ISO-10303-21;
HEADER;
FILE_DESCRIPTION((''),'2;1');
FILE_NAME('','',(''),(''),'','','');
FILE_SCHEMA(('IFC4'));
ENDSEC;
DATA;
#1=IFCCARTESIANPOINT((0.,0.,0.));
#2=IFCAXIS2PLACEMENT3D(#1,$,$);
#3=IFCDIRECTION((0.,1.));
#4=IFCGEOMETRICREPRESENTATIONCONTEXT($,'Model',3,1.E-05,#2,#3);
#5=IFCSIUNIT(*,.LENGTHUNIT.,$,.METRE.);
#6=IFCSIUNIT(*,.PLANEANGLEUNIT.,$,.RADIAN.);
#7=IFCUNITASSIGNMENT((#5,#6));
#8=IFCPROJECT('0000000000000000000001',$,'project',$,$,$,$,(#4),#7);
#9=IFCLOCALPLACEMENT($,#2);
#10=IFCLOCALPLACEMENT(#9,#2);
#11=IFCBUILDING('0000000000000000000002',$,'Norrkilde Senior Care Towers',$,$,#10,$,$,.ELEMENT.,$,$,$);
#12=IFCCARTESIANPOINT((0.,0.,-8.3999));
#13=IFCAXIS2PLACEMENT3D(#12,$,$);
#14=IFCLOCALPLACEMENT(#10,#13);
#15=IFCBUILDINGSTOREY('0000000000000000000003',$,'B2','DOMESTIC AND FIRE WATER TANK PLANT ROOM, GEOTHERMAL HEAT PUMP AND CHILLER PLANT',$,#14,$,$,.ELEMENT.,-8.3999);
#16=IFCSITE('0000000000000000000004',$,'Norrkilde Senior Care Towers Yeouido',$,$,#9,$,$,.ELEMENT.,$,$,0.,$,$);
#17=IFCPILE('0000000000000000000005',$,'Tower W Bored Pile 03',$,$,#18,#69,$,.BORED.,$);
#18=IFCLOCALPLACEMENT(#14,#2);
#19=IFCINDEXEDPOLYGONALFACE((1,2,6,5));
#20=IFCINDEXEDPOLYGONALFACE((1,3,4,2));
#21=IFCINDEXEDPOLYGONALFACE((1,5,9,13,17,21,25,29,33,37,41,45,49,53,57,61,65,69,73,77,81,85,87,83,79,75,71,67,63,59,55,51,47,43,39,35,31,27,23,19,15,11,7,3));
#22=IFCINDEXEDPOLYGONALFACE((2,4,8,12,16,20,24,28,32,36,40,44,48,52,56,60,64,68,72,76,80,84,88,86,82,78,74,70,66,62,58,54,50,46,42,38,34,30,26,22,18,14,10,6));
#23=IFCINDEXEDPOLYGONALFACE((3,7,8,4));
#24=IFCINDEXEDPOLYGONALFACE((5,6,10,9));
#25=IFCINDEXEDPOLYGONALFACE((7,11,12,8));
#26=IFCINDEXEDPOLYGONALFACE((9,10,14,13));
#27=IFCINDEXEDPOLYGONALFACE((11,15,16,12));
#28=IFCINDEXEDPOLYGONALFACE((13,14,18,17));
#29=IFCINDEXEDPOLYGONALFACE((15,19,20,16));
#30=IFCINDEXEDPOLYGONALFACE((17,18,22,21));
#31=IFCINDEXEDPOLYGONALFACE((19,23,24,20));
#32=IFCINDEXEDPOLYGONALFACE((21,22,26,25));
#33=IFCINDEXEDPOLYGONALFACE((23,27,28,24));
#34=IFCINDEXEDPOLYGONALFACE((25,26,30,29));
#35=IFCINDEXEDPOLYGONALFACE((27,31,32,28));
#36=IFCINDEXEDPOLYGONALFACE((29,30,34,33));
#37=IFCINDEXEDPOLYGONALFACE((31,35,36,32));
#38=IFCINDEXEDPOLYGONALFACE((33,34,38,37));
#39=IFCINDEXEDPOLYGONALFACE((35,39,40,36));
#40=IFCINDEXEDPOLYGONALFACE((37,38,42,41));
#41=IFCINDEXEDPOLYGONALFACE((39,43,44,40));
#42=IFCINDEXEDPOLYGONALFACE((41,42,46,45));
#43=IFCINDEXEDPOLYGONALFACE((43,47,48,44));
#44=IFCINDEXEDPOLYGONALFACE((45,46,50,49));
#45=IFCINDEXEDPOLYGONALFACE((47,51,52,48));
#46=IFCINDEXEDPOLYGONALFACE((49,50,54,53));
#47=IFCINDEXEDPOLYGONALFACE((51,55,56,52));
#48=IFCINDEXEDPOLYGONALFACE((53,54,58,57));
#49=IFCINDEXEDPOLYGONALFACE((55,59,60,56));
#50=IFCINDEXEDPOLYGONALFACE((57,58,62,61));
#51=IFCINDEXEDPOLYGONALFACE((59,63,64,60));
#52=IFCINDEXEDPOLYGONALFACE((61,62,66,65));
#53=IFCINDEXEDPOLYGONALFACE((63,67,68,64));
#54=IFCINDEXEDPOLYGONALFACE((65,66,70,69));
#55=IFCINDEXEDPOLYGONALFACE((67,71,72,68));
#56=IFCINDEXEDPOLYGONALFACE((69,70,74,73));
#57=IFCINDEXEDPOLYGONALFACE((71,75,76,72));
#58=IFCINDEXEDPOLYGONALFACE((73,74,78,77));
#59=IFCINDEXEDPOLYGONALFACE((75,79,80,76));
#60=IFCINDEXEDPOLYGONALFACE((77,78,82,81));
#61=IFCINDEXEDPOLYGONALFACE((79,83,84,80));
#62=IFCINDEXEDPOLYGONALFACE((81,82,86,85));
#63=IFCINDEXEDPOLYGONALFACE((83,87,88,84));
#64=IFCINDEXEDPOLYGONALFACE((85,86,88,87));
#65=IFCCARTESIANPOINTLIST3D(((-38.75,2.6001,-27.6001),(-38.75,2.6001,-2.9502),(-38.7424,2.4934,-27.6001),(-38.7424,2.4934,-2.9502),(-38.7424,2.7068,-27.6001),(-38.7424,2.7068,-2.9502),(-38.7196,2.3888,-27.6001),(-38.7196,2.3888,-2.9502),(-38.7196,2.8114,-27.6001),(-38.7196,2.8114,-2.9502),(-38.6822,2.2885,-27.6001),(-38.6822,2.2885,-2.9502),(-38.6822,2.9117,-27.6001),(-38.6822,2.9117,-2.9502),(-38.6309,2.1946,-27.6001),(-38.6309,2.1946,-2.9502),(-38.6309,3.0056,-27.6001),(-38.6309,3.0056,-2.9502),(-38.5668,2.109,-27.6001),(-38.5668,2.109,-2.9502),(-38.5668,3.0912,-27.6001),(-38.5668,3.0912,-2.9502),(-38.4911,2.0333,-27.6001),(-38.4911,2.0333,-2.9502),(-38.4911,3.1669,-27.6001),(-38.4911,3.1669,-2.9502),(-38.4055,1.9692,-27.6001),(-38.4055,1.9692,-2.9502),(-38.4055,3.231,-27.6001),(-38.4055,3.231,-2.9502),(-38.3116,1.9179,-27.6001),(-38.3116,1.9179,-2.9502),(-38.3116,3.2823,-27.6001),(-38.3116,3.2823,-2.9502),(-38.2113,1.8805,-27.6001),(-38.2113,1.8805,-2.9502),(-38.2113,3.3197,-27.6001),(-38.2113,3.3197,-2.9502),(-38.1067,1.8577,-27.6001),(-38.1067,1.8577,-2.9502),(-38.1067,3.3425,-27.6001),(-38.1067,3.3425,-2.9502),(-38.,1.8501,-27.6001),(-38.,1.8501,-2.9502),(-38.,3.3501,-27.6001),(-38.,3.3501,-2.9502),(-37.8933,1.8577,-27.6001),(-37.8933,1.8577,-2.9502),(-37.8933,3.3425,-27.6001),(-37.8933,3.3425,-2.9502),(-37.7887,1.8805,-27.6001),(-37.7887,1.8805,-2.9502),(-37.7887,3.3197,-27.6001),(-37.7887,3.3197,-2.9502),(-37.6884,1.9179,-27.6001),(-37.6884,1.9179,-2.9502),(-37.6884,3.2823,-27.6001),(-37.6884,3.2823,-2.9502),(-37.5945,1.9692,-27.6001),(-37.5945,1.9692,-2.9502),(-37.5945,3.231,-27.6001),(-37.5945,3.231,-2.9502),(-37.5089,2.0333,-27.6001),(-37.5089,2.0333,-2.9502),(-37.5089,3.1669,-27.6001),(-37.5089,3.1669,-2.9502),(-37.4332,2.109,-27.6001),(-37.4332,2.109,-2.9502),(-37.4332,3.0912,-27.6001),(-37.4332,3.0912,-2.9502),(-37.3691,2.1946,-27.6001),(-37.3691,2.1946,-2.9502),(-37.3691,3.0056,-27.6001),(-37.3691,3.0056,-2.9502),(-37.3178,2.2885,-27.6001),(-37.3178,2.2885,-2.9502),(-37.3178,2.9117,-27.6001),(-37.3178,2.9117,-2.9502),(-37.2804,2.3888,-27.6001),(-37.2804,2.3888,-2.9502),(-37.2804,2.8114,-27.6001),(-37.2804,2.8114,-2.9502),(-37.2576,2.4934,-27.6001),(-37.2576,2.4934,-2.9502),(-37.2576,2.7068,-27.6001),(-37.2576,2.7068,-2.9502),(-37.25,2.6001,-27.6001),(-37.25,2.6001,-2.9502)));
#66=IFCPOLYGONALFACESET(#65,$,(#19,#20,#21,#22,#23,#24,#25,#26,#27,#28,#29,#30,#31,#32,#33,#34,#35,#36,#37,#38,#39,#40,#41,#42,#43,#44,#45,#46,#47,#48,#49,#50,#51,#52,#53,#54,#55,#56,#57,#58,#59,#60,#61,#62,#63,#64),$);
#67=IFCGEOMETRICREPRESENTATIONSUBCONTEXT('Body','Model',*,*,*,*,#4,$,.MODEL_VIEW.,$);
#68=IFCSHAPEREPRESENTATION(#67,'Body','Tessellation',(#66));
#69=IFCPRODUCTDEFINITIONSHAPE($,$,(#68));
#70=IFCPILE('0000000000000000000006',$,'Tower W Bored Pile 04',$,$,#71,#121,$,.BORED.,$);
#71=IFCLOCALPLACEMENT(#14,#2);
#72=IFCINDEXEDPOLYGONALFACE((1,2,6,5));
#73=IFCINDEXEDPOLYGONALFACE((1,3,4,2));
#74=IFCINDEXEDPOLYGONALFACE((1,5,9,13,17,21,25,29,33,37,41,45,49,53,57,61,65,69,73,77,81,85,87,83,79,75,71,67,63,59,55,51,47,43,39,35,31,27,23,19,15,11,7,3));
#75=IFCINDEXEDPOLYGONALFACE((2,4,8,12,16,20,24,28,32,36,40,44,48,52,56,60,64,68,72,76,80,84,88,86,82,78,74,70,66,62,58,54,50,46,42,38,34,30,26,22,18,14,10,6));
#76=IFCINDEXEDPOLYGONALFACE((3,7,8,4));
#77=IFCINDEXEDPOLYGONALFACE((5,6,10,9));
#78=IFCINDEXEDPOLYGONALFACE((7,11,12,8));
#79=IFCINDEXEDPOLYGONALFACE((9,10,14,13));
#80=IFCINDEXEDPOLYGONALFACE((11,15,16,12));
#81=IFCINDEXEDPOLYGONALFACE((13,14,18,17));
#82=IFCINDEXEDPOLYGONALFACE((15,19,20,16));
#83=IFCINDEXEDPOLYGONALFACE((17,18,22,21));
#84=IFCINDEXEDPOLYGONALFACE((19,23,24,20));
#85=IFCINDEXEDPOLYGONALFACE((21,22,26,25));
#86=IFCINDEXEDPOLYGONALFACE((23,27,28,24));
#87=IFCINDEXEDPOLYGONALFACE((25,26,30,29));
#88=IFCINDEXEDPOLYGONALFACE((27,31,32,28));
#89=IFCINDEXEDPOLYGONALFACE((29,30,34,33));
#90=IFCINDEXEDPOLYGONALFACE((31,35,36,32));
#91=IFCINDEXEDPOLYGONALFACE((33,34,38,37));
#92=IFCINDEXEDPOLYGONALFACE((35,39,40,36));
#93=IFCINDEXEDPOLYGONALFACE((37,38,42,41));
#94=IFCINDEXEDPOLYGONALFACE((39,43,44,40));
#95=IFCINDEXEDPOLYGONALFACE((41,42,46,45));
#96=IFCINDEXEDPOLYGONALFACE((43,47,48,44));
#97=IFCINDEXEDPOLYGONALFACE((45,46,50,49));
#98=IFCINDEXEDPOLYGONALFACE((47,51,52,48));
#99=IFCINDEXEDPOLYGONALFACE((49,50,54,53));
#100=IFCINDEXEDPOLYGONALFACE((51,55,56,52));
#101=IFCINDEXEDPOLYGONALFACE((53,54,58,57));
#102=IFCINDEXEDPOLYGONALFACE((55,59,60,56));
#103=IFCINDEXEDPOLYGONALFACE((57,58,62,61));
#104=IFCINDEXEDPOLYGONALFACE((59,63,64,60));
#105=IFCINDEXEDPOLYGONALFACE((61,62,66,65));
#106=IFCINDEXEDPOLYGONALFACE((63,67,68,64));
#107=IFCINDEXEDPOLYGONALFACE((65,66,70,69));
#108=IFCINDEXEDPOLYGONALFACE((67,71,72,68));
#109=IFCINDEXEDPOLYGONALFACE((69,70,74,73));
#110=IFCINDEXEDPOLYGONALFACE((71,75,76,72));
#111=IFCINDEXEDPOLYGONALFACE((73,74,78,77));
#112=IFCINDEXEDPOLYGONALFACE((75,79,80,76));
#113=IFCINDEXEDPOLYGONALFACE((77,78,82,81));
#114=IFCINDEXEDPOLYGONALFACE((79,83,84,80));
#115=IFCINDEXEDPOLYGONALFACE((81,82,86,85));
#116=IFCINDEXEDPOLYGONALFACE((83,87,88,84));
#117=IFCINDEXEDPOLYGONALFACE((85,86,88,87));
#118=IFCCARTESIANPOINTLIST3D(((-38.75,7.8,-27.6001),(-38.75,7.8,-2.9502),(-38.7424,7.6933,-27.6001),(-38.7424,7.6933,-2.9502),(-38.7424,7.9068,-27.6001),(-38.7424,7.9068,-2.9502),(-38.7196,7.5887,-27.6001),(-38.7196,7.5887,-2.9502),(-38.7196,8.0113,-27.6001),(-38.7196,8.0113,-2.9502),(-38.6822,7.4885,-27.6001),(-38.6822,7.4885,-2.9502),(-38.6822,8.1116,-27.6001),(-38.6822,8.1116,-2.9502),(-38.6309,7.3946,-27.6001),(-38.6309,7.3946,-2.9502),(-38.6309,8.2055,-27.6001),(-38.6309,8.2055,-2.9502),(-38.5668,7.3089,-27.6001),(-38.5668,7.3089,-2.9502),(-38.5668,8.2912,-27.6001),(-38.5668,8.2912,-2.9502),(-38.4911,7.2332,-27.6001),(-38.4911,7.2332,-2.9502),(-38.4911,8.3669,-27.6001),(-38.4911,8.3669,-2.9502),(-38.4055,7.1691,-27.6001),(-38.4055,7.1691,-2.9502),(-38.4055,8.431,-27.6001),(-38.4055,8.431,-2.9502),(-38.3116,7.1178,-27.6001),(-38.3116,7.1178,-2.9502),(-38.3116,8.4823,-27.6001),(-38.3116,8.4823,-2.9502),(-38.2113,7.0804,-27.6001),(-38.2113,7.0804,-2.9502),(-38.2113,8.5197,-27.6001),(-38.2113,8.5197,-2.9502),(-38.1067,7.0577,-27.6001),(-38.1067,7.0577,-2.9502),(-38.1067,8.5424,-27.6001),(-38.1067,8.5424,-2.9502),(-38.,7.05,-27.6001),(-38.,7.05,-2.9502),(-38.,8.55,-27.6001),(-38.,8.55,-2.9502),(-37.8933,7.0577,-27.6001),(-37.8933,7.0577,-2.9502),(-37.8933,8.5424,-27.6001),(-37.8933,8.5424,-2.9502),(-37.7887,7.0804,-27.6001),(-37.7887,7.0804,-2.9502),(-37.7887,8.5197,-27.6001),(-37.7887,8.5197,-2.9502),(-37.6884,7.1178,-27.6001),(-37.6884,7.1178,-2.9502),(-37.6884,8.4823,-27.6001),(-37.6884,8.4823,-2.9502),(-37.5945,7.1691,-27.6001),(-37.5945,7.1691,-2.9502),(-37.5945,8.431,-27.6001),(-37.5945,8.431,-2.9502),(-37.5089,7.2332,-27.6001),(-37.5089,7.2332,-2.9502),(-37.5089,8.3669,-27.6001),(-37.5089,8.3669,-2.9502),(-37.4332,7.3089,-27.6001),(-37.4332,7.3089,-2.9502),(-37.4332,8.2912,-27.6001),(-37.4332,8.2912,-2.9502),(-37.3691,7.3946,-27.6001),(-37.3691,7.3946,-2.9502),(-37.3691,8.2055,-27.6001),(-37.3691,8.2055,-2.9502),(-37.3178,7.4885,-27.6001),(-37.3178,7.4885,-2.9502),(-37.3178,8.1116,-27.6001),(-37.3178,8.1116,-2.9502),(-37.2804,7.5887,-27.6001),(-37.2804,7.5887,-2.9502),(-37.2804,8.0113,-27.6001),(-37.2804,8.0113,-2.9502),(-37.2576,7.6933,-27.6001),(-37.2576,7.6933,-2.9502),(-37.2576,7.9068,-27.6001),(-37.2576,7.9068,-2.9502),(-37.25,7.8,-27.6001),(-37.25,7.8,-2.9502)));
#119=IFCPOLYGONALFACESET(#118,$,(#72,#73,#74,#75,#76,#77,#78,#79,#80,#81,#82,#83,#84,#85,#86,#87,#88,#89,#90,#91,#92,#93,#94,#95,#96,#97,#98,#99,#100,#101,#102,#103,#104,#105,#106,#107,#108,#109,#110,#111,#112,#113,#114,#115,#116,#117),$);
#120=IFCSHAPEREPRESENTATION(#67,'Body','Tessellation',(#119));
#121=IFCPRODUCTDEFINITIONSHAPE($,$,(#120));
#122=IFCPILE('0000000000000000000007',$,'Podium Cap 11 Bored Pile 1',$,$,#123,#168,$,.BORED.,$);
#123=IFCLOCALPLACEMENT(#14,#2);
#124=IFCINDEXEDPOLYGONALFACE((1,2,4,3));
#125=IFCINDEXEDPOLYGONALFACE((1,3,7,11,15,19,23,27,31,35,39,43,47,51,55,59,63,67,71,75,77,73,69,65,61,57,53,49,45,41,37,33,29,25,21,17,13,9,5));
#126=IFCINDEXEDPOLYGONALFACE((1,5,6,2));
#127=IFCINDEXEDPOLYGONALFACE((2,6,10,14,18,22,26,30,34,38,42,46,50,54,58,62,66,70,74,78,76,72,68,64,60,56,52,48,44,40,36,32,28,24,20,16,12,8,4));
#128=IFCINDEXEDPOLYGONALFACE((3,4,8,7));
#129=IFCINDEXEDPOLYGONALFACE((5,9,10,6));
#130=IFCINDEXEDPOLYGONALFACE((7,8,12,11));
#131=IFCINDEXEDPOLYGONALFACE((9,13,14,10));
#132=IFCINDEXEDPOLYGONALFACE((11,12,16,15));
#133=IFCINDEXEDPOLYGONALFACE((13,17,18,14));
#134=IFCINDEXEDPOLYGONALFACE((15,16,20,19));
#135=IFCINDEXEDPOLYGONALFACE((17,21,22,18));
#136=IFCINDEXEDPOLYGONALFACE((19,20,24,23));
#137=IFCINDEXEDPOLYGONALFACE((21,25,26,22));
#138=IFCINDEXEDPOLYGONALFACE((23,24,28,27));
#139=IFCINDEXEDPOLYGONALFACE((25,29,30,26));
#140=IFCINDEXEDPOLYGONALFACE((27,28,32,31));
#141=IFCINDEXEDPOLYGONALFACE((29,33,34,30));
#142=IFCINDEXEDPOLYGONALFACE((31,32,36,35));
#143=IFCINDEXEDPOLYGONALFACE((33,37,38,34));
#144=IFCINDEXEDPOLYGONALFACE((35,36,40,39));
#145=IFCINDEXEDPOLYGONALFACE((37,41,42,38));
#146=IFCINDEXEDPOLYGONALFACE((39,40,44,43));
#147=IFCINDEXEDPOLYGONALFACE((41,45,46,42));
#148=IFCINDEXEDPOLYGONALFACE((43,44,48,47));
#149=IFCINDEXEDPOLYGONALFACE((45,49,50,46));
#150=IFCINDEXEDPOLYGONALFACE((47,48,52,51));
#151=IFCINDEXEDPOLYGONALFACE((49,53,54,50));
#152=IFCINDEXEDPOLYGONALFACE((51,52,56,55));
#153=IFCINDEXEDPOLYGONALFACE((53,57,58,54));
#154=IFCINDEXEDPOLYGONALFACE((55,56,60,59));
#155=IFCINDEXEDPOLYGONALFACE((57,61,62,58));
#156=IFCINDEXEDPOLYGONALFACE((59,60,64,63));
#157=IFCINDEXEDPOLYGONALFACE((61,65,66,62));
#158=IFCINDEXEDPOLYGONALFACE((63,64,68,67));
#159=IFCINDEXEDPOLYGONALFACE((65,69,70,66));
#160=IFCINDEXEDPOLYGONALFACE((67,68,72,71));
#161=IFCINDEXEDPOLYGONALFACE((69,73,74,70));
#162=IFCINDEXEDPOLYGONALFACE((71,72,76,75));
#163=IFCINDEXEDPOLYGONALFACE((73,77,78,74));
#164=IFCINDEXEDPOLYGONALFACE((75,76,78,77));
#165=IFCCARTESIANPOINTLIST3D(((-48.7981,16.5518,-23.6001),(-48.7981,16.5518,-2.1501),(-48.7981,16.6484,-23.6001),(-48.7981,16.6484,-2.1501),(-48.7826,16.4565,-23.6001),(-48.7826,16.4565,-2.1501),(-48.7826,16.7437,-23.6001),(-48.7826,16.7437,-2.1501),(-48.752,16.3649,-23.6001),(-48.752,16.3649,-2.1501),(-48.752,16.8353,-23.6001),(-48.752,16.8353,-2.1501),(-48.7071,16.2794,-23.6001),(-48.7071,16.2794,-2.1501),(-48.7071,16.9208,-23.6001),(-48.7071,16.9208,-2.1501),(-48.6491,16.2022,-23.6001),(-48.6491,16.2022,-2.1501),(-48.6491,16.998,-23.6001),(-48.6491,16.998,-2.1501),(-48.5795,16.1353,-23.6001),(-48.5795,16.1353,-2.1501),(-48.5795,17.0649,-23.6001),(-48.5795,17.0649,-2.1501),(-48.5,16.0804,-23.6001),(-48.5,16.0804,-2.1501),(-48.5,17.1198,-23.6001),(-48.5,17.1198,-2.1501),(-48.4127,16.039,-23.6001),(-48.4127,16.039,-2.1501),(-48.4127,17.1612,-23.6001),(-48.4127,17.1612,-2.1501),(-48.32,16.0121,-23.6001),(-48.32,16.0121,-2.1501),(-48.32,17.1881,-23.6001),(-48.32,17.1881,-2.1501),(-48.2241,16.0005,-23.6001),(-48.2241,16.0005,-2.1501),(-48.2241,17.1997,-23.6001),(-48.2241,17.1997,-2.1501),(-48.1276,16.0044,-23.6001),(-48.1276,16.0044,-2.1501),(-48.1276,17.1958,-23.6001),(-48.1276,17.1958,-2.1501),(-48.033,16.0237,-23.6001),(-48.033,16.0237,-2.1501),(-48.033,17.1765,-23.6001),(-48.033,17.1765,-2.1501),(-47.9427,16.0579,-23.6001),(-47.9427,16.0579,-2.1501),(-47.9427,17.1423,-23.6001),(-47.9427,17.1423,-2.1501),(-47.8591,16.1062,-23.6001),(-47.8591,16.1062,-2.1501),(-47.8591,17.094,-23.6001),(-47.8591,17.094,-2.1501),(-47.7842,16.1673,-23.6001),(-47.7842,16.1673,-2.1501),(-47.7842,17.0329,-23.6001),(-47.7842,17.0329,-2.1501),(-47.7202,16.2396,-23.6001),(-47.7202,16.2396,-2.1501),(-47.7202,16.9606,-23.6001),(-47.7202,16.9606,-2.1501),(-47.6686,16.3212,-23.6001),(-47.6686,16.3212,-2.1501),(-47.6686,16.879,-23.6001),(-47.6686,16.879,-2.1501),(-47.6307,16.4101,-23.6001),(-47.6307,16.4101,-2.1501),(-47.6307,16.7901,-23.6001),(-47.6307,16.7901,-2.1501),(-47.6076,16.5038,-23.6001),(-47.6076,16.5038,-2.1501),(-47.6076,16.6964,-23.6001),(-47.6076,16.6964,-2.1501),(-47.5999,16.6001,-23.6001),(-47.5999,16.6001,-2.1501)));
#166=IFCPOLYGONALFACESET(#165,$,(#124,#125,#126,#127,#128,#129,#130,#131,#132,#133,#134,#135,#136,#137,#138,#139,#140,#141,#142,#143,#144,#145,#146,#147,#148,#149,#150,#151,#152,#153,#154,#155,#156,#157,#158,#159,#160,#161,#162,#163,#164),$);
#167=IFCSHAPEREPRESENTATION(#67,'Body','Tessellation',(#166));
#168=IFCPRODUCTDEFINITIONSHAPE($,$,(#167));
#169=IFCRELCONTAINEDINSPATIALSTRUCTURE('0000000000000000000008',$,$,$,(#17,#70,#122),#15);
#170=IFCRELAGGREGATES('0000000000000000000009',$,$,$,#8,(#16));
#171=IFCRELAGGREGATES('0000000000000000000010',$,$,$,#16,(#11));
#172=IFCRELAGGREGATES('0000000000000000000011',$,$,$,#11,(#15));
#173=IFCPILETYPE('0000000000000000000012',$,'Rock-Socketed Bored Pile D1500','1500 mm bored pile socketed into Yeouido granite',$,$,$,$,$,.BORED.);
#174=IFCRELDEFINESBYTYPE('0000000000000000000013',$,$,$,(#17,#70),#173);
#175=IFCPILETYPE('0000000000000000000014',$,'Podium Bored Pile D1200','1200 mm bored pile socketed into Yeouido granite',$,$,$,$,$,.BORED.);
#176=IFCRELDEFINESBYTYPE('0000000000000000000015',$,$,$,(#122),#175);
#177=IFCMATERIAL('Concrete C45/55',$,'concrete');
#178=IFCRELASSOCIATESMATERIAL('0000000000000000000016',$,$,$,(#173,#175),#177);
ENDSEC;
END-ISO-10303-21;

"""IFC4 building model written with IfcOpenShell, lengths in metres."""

from ifc_helpers import new_model, si_unit, direction, frame, origin, origin_2d, place, context, subcontext, project, spatial, circle, extrude, source, transform, mapped, material, material_profile, profile_set, type_object, type_shapes, element, save


model = new_model("IFC4")

# Units and contexts
model_context = context("Model", 3, precision=1e-05, world=origin(), true_north=direction((0.0, 1.0)))
body_context = subcontext(model_context, "Body", "Model", "MODEL_VIEW")
ifc_project = project(units=[si_unit("LENGTHUNIT", "METRE"), si_unit("PLANEANGLEUNIT", "RADIAN")], contexts=[model_context])

# Site, building, storey
site_placement = place(None, origin())
site = spatial("IfcSite", under=ifc_project, at=site_placement, Name="Norrkilde Senior Care Towers Yeouido", CompositionType="ELEMENT", RefElevation=0.0)
building_placement = place(site_placement, origin())
building = spatial("IfcBuilding", under=site, at=building_placement, Name="Norrkilde Senior Care Towers", CompositionType="ELEMENT")
storey_placement = place(building_placement, frame((0.0, 0.0, -8.3999)))
storey = spatial("IfcBuildingStorey", under=building, at=storey_placement, Name="B2", Description="DOMESTIC AND FIRE WATER TANK PLANT ROOM, GEOTHERMAL HEAT PUMP AND CHILLER PLANT", CompositionType="ELEMENT", Elevation=-8.3999)

# Piles
ifc_material_1 = material(Name="Concrete C45/55", Category="concrete")
ifc_material_profile_1 = material_profile(ifc_material_1, circle(Radius=0.75, at=origin_2d()), Name="BORED PILE 1500")
ifc_profile_set_1 = profile_set([ifc_material_profile_1], Name="Concrete C45/55")
pile_type_1 = type_object("IfcPileType", Name="Rock-Socketed Bored Pile D1500", Description="1500 mm bored pile socketed into Yeouido granite", PredefinedType="BORED", material=ifc_profile_set_1)
shared_shape_1 = source(origin(), body_context, "Body", "SweptSolid", [
    extrude(circle(Radius=0.75, at=origin_2d()), origin(), (0.0, 0.0, 1.0), 24.6499),
])
type_shapes(pile_type_1, [shared_shape_1])
for number, where, z_axis, x_axis, name in (
    (1, (-38.0, 2.6001, -2.9502), (0.0, 0.0, -1.0), (1.0, 0.0, 0.0), "Tower W Bored Pile 03"),
    (2, (-38.0, 7.8, -2.9502), (0.0, 0.0, -1.0), (1.0, 0.0, 0.0), "Tower W Bored Pile 04"),
):
    element("IfcPile", number, at=place(storey_placement, frame(where, z_axis=z_axis, x_axis=x_axis)), inside=storey, type_object=pile_type_1, Name=name, PredefinedType="BORED", context=body_context, shape_type="MappedRepresentation", body=[
        mapped(shared_shape_1, transform((0.0, 0.0, 0.0), x_axis=(1.0, 0.0, 0.0), y_axis=(0.0, 1.0, 0.0), z_axis=(0.0, 0.0, 1.0), scale=1.0)),
    ])
ifc_material_profile_2 = material_profile(ifc_material_1, circle(Radius=0.6001, at=origin_2d()), Name="BORED PILE 1200")
ifc_profile_set_2 = profile_set([ifc_material_profile_2], Name="Concrete C45/55")
pile_type_2 = type_object("IfcPileType", Name="Podium Bored Pile D1200", Description="1200 mm bored pile socketed into Yeouido granite", PredefinedType="BORED", material=ifc_profile_set_2)
shared_shape_2 = source(origin(), body_context, "Body", "SweptSolid", [
    extrude(circle(Radius=0.6001, at=origin_2d()), origin(), (0.0, 0.0, 1.0), 21.45),
])
for number, where, z_axis, x_axis, name in (
    (3, (-48.2, 16.6001, -2.1501), (0.0, 0.0, -1.0), (1.0, 0.0, 0.0), "Podium Cap 11 Bored Pile 1"),
):
    element("IfcPile", number, at=place(storey_placement, frame(where, z_axis=z_axis, x_axis=x_axis)), inside=storey, type_object=pile_type_2, Name=name, PredefinedType="BORED", context=body_context, shape_type="MappedRepresentation", body=[
        mapped(shared_shape_2, transform((0.0, 0.0, 0.0), x_axis=(1.0, 0.0, 0.0), y_axis=(0.0, 1.0, 0.0), z_axis=(0.0, 0.0, 1.0), scale=1.0)),
    ])

save(model, "model.ifc")
